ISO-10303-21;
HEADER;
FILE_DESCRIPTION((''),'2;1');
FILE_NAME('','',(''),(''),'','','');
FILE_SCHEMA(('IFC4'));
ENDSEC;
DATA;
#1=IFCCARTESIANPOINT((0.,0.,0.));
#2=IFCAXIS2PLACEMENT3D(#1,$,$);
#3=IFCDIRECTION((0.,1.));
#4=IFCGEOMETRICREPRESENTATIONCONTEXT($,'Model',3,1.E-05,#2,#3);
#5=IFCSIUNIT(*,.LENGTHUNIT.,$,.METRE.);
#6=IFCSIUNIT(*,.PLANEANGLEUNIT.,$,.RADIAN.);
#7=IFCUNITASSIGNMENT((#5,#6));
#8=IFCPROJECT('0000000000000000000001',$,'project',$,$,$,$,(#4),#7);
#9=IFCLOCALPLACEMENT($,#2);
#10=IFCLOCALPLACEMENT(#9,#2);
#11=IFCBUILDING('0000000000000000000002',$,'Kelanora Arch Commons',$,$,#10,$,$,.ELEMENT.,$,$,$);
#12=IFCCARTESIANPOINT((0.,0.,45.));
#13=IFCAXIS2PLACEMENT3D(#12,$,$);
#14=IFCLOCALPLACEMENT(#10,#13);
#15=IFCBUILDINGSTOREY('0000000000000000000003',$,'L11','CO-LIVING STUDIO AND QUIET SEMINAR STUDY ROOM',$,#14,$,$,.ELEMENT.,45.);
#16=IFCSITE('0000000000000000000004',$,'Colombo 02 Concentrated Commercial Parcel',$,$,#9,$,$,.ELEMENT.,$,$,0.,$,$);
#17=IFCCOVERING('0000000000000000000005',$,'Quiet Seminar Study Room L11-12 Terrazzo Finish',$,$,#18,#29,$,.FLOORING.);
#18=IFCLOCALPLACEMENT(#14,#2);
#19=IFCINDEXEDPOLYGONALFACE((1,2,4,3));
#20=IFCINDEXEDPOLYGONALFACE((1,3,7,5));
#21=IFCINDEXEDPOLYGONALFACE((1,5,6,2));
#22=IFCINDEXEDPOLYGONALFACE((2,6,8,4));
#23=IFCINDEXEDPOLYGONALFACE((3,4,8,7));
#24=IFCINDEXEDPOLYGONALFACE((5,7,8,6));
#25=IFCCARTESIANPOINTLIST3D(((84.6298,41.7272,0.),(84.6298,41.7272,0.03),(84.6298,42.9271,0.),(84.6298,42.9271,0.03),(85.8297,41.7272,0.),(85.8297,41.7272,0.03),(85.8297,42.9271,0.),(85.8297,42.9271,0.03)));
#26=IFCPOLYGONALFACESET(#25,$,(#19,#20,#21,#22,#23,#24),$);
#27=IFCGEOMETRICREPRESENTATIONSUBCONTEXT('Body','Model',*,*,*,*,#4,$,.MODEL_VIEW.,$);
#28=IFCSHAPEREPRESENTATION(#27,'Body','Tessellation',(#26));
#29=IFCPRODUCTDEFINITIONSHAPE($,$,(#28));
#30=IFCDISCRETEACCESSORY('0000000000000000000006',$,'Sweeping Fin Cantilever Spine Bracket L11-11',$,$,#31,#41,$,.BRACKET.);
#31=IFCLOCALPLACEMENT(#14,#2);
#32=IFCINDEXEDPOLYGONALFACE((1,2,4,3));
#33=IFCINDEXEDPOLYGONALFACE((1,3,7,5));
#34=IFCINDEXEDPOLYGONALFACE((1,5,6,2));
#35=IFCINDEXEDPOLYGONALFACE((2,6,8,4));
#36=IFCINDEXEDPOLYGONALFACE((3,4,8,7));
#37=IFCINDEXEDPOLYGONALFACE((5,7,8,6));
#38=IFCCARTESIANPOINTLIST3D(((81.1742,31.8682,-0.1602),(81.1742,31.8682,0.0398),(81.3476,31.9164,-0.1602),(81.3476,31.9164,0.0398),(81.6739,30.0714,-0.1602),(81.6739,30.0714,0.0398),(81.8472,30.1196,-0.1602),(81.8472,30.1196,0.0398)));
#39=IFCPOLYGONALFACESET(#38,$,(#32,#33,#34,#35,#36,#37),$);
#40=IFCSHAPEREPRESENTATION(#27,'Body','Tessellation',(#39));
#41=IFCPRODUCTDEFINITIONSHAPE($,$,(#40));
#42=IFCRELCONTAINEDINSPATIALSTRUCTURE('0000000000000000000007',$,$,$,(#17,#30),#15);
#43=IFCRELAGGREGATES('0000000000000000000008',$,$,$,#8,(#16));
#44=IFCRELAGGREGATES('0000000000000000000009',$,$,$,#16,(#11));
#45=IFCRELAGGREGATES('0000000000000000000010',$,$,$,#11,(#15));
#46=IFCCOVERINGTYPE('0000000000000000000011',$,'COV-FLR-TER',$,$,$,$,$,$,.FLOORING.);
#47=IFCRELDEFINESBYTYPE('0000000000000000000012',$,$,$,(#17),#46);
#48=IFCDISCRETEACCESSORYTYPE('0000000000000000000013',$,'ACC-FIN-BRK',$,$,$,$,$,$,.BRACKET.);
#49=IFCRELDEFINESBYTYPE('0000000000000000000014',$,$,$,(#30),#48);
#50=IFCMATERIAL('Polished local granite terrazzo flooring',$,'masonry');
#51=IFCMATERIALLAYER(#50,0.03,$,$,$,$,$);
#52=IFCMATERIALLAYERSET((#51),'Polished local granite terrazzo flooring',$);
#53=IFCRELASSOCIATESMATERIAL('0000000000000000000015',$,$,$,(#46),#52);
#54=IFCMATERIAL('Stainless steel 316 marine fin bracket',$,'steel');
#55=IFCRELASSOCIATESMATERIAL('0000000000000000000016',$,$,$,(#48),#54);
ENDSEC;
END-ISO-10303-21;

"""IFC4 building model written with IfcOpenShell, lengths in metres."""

from ifc_helpers import new_model, si_unit, direction, frame, origin, origin_2d, place, context, subcontext, project, spatial, rectangle, extrude, source, transform, mapped, material, layer, layer_set, type_object, element, save


model = new_model("IFC4")

# Units and contexts
model_context = context("Model", 3, precision=1e-05, world=origin(), true_north=direction((0.0, 1.0)))
body_context = subcontext(model_context, "Body", "Model", "MODEL_VIEW")
ifc_project = project(units=[si_unit("LENGTHUNIT", "METRE"), si_unit("PLANEANGLEUNIT", "RADIAN")], contexts=[model_context])

# Site, building, storey
site_placement = place(None, origin())
site = spatial("IfcSite", under=ifc_project, at=site_placement, Name="Colombo 02 Concentrated Commercial Parcel", CompositionType="ELEMENT", RefElevation=0.0)
building_placement = place(site_placement, origin())
building = spatial("IfcBuilding", under=site, at=building_placement, Name="Kelanora Arch Commons", CompositionType="ELEMENT")
storey_placement = place(building_placement, frame((0.0, 0.0, 45.0)))
storey = spatial("IfcBuildingStorey", under=building, at=storey_placement, Name="L11", Description="CO-LIVING STUDIO AND QUIET SEMINAR STUDY ROOM", CompositionType="ELEMENT", Elevation=45.0)

# Covering
ifc_material_1 = material(Name="Polished local granite terrazzo flooring", Category="masonry")
ifc_layer_1 = layer(ifc_material_1, 0.03)
ifc_layer_set_1 = layer_set([ifc_layer_1], Name="Polished local granite terrazzo flooring")
covering_type = type_object("IfcCoveringType", Name="COV-FLR-TER", PredefinedType="FLOORING", material=ifc_layer_set_1)
shared_shape_1 = source(origin(), body_context, "Body", "SweptSolid", [
    extrude(rectangle(XDim=1.2, YDim=1.2, at=origin_2d()), origin(), (0.0, 0.0, 1.0), 0.03),
])
for number, where, z_axis, x_axis, name in (
    (1, (85.2297, 42.3271, 0.0), (0.0, 0.0, 1.0), (1.0, 0.0, 0.0), "Quiet Seminar Study Room L11-12 Terrazzo Finish"),
):
    element("IfcCovering", number, at=place(storey_placement, frame(where, z_axis=z_axis, x_axis=x_axis)), inside=storey, type_object=covering_type, Name=name, PredefinedType="FLOORING", context=body_context, shape_type="MappedRepresentation", body=[
        mapped(shared_shape_1, transform((0.0, 0.0, 0.0), scale=1.0)),
    ])

# Discrete accessory
ifc_material_2 = material(Name="Stainless steel 316 marine fin bracket", Category="steel")
discrete_accessory_type = type_object("IfcDiscreteAccessoryType", Name="ACC-FIN-BRK", PredefinedType="BRACKET", material=ifc_material_2)
shared_shape_2 = source(origin(), body_context, "Body", "SweptSolid", [
    extrude(rectangle(XDim=1.865, YDim=0.1799, at=origin_2d()), origin(), (0.0, 0.0, 1.0), 0.2),
])
discrete_accessory_placement = place(storey_placement, frame((81.5107, 30.9939, -0.1602), z_axis=(0.0, 0.0, 1.0), x_axis=(0.267911, -0.963444, 0.0)))
element("IfcDiscreteAccessory", 2, at=discrete_accessory_placement, inside=storey, type_object=discrete_accessory_type, Name="Sweeping Fin Cantilever Spine Bracket L11-11", PredefinedType="BRACKET", context=body_context, shape_type="MappedRepresentation", body=[
    mapped(shared_shape_2, transform((0.0, 0.0, 0.0), scale=1.0)),
])

save(model, "model.ifc")
